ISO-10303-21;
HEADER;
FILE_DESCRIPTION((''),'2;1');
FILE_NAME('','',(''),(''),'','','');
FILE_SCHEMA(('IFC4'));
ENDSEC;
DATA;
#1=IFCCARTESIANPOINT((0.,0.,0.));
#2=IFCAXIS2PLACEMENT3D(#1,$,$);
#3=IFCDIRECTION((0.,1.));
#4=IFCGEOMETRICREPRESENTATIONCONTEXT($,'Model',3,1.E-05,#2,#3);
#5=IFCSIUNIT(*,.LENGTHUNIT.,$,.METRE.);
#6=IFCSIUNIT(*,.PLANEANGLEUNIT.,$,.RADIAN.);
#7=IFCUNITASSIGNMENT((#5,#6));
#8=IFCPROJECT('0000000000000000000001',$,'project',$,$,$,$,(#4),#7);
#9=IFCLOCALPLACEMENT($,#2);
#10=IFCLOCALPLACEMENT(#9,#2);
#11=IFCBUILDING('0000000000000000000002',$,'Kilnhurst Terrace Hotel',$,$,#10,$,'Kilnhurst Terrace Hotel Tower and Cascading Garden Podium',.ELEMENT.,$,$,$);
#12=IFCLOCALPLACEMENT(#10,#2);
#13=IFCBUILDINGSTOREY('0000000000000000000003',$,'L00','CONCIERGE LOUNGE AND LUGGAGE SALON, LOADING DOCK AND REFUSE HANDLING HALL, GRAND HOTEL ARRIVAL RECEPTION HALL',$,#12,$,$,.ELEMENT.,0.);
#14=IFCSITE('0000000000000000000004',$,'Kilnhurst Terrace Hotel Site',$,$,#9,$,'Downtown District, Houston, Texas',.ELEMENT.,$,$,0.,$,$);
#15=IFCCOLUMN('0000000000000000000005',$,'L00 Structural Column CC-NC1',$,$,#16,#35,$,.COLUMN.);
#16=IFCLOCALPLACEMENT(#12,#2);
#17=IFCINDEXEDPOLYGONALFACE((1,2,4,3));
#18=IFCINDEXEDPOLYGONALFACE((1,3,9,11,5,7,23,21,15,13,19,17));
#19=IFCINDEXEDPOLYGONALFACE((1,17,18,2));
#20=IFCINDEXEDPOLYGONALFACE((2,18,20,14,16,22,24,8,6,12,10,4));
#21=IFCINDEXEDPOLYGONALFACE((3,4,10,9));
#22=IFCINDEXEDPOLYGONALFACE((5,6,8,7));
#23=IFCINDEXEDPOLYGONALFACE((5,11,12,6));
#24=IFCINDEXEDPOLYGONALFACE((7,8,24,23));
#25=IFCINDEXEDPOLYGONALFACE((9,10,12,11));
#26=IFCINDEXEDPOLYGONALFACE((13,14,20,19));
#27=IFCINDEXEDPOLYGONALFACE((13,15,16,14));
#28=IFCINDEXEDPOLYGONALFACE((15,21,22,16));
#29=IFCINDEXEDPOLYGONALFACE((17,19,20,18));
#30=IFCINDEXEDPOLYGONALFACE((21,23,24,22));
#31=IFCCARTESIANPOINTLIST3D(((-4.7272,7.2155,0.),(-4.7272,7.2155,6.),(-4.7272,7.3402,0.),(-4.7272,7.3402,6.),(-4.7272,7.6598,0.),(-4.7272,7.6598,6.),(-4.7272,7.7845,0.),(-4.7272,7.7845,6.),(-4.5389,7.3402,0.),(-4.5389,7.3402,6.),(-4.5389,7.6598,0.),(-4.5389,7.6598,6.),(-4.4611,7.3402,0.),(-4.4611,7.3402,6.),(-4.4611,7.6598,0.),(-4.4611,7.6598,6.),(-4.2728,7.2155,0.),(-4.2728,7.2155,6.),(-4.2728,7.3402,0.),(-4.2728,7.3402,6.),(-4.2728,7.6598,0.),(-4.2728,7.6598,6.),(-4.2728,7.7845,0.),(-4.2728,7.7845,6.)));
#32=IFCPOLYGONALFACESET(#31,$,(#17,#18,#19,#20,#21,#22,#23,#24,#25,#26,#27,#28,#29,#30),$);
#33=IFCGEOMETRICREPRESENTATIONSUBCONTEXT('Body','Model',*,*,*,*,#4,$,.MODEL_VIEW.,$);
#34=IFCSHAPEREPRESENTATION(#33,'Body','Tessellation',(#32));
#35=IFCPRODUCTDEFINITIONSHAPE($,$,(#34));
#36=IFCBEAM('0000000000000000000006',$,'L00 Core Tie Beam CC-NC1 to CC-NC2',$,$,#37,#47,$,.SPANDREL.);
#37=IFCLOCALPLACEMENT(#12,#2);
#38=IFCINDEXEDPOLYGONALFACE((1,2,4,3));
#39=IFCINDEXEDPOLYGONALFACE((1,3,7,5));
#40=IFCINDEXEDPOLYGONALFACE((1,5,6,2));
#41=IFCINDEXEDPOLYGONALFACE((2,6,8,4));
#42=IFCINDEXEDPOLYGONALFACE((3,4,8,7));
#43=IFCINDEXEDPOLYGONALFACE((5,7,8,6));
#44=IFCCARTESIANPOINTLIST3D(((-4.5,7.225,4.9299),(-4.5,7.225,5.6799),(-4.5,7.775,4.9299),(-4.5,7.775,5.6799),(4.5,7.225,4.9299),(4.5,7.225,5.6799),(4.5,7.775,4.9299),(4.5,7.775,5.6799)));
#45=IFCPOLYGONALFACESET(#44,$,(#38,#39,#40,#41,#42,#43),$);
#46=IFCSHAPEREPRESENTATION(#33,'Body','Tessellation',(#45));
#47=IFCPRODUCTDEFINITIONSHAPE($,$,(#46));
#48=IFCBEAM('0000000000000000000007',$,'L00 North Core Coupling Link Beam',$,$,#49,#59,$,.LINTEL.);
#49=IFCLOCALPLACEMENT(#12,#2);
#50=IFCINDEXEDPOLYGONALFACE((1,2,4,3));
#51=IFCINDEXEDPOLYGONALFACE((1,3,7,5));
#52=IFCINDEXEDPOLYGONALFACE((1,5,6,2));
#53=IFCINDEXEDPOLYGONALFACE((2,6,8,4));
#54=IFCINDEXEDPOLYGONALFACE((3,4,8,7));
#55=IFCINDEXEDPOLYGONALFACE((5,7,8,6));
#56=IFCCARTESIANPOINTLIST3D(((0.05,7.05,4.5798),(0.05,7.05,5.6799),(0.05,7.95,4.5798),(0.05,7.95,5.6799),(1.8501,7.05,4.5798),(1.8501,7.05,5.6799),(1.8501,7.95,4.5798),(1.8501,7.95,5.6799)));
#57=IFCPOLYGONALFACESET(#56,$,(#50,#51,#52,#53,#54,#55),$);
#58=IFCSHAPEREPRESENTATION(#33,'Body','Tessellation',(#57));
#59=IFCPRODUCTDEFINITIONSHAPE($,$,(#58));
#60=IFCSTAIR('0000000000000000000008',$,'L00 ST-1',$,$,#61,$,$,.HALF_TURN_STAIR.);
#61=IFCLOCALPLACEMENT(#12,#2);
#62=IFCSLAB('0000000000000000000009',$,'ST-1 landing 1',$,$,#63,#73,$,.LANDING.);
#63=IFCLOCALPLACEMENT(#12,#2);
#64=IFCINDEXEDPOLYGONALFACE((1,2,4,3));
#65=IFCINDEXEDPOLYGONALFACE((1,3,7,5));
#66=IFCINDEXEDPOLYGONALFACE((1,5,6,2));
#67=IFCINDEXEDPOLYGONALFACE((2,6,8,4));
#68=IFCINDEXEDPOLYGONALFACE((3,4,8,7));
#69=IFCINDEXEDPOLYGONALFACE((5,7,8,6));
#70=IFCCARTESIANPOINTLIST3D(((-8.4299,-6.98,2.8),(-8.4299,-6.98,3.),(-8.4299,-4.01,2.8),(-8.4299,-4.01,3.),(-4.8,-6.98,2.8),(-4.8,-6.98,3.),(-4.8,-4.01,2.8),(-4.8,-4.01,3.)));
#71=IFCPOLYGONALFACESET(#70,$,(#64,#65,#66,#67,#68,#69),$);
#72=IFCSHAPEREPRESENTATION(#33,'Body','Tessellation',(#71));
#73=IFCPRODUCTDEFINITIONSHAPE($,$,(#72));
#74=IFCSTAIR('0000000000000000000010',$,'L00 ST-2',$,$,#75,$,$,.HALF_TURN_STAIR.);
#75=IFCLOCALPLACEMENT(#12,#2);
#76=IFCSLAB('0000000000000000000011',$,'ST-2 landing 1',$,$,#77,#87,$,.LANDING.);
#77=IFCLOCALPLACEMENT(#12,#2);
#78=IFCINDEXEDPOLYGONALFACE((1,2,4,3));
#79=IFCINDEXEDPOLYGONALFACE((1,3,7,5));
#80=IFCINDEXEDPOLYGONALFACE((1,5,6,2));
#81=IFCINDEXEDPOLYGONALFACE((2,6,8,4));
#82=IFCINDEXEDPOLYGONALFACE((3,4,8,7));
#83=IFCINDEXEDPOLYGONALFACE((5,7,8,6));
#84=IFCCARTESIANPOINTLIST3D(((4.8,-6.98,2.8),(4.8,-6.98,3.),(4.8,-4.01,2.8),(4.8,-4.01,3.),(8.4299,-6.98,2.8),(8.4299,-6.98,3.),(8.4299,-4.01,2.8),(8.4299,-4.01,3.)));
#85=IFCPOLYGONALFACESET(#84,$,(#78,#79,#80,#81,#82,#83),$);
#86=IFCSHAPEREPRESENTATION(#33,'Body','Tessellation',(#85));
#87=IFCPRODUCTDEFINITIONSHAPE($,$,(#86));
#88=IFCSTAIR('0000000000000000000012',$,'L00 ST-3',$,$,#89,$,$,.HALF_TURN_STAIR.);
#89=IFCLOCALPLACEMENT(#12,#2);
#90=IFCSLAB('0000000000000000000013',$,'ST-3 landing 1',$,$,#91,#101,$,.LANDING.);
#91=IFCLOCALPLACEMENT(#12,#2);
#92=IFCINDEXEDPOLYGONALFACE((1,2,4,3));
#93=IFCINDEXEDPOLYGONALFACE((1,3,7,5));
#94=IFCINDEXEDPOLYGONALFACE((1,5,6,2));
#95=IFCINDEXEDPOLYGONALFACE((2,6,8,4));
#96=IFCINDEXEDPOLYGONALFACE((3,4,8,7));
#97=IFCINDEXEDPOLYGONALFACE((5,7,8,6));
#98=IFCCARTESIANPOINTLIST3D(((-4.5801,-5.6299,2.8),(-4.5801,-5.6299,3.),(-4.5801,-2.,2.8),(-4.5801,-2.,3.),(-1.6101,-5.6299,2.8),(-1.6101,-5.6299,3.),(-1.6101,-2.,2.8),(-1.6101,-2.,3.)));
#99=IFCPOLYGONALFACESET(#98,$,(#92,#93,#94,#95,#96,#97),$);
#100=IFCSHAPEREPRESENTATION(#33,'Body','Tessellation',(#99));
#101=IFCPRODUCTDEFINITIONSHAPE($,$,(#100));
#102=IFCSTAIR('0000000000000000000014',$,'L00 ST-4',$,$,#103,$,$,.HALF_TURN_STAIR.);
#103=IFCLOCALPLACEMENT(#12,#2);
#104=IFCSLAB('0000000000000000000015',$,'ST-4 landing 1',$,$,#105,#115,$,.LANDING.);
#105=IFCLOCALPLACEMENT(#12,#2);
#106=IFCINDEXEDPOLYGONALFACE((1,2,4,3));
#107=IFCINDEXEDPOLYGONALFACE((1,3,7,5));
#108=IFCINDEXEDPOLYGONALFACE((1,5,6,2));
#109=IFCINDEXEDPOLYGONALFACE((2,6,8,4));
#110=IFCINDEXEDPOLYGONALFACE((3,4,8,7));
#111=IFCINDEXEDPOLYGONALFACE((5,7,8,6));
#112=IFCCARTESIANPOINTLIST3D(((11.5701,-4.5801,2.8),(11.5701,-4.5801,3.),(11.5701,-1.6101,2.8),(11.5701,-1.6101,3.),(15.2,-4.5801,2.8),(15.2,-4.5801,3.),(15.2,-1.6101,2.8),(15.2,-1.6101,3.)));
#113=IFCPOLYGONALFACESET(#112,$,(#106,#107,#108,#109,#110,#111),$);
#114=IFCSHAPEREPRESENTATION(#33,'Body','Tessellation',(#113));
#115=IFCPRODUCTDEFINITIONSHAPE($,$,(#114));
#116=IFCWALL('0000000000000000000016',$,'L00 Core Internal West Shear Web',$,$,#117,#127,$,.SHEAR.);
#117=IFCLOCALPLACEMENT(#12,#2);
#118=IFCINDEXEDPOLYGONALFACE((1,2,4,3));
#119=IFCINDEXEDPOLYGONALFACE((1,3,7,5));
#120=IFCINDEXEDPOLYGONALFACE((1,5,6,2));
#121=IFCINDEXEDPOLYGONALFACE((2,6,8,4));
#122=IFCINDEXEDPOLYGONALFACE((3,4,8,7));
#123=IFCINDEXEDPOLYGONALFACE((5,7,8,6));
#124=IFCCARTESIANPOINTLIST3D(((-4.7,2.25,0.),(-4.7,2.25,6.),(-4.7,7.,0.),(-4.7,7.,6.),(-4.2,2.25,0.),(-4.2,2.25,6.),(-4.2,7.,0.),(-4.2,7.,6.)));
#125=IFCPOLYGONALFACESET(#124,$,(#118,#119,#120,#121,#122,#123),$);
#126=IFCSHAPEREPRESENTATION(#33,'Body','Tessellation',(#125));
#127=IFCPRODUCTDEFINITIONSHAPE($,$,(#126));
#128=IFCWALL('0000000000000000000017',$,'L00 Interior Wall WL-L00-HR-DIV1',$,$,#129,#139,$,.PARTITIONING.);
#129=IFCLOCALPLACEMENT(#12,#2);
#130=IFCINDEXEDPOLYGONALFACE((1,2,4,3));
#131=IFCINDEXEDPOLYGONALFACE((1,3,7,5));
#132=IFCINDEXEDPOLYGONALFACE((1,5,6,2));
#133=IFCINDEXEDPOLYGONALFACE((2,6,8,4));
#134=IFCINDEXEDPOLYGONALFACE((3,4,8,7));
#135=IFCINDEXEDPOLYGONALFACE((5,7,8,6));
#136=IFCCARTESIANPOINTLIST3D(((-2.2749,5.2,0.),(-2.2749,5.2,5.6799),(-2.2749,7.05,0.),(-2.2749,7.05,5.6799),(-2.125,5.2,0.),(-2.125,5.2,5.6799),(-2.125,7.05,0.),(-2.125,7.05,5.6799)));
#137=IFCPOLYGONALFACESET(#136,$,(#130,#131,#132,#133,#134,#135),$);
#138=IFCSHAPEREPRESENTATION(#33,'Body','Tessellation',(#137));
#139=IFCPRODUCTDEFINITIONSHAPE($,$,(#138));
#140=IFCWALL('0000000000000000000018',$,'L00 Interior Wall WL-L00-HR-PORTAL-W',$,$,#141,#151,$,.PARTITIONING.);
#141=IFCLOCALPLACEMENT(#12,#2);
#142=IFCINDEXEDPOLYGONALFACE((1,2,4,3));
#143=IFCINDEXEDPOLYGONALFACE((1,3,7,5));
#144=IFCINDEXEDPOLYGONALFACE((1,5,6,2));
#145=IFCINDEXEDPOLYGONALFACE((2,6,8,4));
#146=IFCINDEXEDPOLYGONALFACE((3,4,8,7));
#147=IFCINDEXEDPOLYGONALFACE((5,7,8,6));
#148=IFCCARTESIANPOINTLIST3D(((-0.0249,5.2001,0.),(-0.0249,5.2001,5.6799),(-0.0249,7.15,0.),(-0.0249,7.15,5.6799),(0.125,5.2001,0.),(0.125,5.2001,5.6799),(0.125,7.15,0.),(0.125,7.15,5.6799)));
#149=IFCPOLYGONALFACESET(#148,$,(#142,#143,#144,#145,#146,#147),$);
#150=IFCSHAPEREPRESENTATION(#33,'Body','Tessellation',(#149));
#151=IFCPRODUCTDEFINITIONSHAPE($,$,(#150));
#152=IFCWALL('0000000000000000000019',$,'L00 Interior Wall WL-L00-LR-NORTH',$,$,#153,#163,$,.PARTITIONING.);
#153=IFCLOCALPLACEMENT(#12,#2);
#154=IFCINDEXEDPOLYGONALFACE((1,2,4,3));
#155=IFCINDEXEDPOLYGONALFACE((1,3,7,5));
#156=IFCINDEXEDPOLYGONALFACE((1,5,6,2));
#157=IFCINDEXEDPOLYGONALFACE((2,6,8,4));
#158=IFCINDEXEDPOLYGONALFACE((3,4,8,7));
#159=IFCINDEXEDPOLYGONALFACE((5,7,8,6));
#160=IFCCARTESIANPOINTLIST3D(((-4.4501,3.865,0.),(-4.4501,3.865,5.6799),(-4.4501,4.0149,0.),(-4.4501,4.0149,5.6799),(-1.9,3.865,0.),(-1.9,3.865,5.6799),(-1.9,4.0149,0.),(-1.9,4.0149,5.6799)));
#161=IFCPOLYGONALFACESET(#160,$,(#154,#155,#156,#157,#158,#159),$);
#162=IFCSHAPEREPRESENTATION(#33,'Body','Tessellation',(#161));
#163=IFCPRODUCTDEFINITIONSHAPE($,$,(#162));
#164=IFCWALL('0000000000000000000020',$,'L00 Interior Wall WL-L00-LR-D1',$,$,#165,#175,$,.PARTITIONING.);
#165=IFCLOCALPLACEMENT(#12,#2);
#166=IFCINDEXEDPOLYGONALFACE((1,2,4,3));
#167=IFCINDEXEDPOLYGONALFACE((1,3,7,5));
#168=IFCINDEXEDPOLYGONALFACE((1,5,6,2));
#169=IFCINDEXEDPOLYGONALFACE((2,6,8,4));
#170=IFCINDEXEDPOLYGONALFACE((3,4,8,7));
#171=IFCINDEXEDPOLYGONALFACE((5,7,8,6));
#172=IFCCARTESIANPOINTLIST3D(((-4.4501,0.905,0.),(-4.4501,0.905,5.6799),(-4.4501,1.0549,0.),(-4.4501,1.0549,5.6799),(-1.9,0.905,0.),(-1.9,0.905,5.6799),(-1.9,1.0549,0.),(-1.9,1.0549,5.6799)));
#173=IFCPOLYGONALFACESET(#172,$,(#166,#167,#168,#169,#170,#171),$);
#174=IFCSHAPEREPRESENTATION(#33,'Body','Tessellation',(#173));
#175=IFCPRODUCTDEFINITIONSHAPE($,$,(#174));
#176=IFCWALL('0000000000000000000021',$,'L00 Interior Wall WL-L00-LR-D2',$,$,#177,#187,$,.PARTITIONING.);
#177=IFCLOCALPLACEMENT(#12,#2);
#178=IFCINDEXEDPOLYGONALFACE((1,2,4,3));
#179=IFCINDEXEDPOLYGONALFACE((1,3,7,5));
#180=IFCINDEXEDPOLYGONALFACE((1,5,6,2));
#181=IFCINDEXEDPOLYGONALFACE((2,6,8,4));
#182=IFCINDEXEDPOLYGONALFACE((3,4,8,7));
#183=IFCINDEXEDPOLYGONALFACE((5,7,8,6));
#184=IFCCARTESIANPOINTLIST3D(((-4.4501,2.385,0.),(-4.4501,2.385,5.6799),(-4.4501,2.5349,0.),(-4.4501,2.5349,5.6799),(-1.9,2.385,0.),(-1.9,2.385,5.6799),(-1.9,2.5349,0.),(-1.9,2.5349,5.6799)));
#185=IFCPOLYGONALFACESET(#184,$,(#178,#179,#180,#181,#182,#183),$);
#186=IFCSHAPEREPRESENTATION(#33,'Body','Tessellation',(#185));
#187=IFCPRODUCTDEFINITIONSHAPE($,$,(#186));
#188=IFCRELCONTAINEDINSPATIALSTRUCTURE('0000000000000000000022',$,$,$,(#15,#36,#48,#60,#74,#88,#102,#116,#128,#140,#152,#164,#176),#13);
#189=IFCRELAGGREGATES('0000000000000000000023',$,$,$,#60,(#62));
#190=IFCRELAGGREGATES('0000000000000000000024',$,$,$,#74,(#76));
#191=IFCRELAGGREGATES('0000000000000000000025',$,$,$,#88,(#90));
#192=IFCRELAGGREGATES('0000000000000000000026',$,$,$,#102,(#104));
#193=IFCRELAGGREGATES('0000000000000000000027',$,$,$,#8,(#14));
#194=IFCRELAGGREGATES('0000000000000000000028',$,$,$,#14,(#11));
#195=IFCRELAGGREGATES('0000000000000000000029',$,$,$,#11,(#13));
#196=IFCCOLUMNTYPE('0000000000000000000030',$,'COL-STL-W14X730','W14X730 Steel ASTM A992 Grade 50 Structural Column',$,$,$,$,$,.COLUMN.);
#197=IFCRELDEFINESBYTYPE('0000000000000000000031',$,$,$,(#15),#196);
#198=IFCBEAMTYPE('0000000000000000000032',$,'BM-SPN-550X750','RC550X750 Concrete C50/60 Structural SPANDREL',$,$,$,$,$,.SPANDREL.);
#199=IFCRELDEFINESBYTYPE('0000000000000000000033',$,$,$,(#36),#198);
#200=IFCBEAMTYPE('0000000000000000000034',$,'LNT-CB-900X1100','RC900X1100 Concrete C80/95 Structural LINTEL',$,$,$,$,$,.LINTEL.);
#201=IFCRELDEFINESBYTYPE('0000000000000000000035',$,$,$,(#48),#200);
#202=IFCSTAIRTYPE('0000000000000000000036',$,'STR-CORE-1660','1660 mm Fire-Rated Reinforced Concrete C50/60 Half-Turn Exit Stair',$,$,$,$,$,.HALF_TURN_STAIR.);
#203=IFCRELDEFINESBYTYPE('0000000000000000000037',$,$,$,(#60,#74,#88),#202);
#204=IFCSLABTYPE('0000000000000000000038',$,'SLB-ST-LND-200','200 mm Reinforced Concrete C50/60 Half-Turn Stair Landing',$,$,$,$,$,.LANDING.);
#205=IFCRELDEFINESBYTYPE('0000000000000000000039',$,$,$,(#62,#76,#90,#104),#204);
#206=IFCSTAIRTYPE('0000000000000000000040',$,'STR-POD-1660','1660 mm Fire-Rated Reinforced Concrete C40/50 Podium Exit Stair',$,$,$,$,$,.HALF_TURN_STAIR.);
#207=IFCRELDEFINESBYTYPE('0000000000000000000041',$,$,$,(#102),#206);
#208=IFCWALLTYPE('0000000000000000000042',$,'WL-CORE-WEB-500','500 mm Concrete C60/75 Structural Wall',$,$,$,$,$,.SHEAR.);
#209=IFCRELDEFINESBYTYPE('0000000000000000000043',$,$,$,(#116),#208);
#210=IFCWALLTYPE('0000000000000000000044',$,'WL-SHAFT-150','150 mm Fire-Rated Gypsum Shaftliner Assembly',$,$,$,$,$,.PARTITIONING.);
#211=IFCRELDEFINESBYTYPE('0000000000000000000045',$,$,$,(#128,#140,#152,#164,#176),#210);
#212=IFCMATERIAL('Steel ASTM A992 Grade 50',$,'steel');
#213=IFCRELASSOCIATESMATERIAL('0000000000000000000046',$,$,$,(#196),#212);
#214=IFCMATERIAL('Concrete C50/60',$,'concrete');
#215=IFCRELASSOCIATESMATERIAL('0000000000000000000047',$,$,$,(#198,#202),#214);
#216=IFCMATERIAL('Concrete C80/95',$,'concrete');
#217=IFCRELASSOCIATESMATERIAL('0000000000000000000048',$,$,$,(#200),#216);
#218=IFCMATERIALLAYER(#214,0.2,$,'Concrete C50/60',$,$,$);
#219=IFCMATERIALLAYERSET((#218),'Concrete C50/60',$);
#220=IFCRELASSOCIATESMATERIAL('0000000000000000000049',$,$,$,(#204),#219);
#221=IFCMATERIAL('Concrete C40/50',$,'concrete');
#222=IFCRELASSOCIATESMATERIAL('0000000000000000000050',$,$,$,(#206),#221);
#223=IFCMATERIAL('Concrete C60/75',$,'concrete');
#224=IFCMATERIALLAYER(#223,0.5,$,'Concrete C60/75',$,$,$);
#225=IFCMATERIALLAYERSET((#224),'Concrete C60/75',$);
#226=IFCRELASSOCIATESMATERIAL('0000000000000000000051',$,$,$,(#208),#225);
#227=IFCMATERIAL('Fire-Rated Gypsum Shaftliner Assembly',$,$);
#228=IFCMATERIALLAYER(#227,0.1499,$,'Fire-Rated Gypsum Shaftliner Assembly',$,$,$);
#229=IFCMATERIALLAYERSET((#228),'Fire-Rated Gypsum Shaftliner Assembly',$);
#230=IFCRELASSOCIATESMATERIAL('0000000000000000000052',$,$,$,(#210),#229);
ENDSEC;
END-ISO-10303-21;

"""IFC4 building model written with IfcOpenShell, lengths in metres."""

from ifc_helpers import new_model, si_unit, direction, frame, frame_2d, origin, origin_2d, place, context, subcontext, project, spatial, polyline, rectangle, i_section, outline, extrude, material, layer, layer_set, material_profile, profile_set, type_object, element, aggregate, save


model = new_model("IFC4")

# Units and contexts
model_context = context("Model", 3, precision=1e-05, world=origin(), true_north=direction((0.0, 1.0)))
body_context = subcontext(model_context, "Body", "Model", "MODEL_VIEW")
ifc_project = project(units=[si_unit("LENGTHUNIT", "METRE"), si_unit("PLANEANGLEUNIT", "RADIAN")], contexts=[model_context])

# Site, building, storey
site_placement = place(None, origin())
site = spatial("IfcSite", under=ifc_project, at=site_placement, Name="Kilnhurst Terrace Hotel Site", LongName="Downtown District, Houston, Texas", CompositionType="ELEMENT", RefElevation=0.0)
building_placement = place(site_placement, origin())
building = spatial("IfcBuilding", under=site, at=building_placement, Name="Kilnhurst Terrace Hotel", LongName="Kilnhurst Terrace Hotel Tower and Cascading Garden Podium", CompositionType="ELEMENT")
storey_placement = place(building_placement, origin())
storey = spatial("IfcBuildingStorey", under=building, at=storey_placement, Name="L00", Description="CONCIERGE LOUNGE AND LUGGAGE SALON, LOADING DOCK AND REFUSE HANDLING HALL, GRAND HOTEL ARRIVAL RECEPTION HALL", CompositionType="ELEMENT", Elevation=0.0)

# Column
ifc_material_1 = material(Name="Steel ASTM A992 Grade 50", Category="steel")
ifc_material_profile_1 = material_profile(ifc_material_1, i_section(OverallWidth=0.4543, OverallDepth=0.5691, WebThickness=0.0779, FlangeThickness=0.1248, at=origin_2d()), Name="W14X730")
ifc_profile_set_1 = profile_set([ifc_material_profile_1], Name="Steel ASTM A992 Grade 50")
column_type = type_object("IfcColumnType", Name="COL-STL-W14X730", Description="W14X730 Steel ASTM A992 Grade 50 Structural Column", PredefinedType="COLUMN", material=ifc_profile_set_1)
column_placement = place(storey_placement, frame((-4.5, 7.5, 0.0), z_axis=(0.0, 0.0, 1.0), x_axis=(1.0, 0.0, 0.0)))
element("IfcColumn", 1, at=column_placement, inside=storey, type_object=column_type, Name="L00 Structural Column CC-NC1", PredefinedType="COLUMN", context=body_context, shape_type="SweptSolid", body=[
    extrude(i_section(OverallWidth=0.4543, OverallDepth=0.5691, WebThickness=0.0779, FlangeThickness=0.1248, at=origin_2d()), origin(), (0.0, 0.0, 1.0), 6.0),
])

# Beams
ifc_material_2 = material(Name="Concrete C50/60", Category="concrete")
ifc_material_profile_2 = material_profile(ifc_material_2, rectangle(XDim=0.55, YDim=0.75, at=origin_2d()), Name="RC550X750")
ifc_profile_set_2 = profile_set([ifc_material_profile_2], Name="Concrete C50/60")
beam_type_1 = type_object("IfcBeamType", Name="BM-SPN-550X750", Description="RC550X750 Concrete C50/60 Structural SPANDREL", PredefinedType="SPANDREL", material=ifc_profile_set_2)
beam_1_placement = place(storey_placement, frame((-4.5, 7.5, 5.3049), z_axis=(1.0, 0.0, 0.0), x_axis=(0.0, 1.0, 0.0)))
element("IfcBeam", 2, at=beam_1_placement, inside=storey, type_object=beam_type_1, Name="L00 Core Tie Beam CC-NC1 to CC-NC2", PredefinedType="SPANDREL", context=body_context, shape_type="SweptSolid", body=[
    extrude(rectangle(XDim=0.55, YDim=0.75, at=origin_2d()), origin(), (0.0, 0.0, 1.0), 9.0),
])
ifc_material_3 = material(Name="Concrete C80/95", Category="concrete")
ifc_material_profile_3 = material_profile(ifc_material_3, rectangle(XDim=0.8999, YDim=1.1001, at=origin_2d()), Name="RC900X1100")
ifc_profile_set_3 = profile_set([ifc_material_profile_3], Name="Concrete C80/95")
beam_type_2 = type_object("IfcBeamType", Name="LNT-CB-900X1100", Description="RC900X1100 Concrete C80/95 Structural LINTEL", PredefinedType="LINTEL", material=ifc_profile_set_3)
beam_2_placement = place(storey_placement, frame((0.05, 7.5, 5.1299), z_axis=(1.0, 0.0, 0.0), x_axis=(0.0, 1.0, 0.0)))
element("IfcBeam", 3, at=beam_2_placement, inside=storey, type_object=beam_type_2, Name="L00 North Core Coupling Link Beam", PredefinedType="LINTEL", context=body_context, shape_type="SweptSolid", body=[
    extrude(rectangle(XDim=0.8999, YDim=1.1001, at=origin_2d()), origin(), (0.0, 0.0, 1.0), 1.8),
])

# Stairs, slabs
stair_type_1 = type_object("IfcStairType", Name="STR-CORE-1660", Description="1660 mm Fire-Rated Reinforced Concrete C50/60 Half-Turn Exit Stair", PredefinedType="HALF_TURN_STAIR", material=ifc_material_2)
stair_1_placement = place(storey_placement, origin())
stair_1 = element("IfcStair", 4, at=stair_1_placement, inside=storey, type_object=stair_type_1, Name="L00 ST-1", PredefinedType="HALF_TURN_STAIR")
ifc_layer_1 = layer(ifc_material_2, 0.2, Name="Concrete C50/60")
ifc_layer_set_1 = layer_set([ifc_layer_1], Name="Concrete C50/60")
slab_type = type_object("IfcSlabType", Name="SLB-ST-LND-200", Description="200 mm Reinforced Concrete C50/60 Half-Turn Stair Landing", PredefinedType="LANDING", material=ifc_layer_set_1)
slab_1_placement = place(storey_placement, frame((0.0, 0.0, 2.8)))
slab_1 = element("IfcSlab", 5, at=slab_1_placement, type_object=slab_type, Name="ST-1 landing 1", PredefinedType="LANDING", context=body_context, shape_type="SweptSolid", body=[
    extrude(outline(polyline([(-8.4299, -4.01), (-4.8, -4.01), (-4.8, -6.98), (-8.4299, -6.98), (-8.4299, -4.01)])), origin(), (0.0, 0.0, 1.0), 0.2),
])
aggregate(stair_1, [slab_1])
stair_2_placement = place(storey_placement, origin())
stair_2 = element("IfcStair", 6, at=stair_2_placement, inside=storey, type_object=stair_type_1, Name="L00 ST-2", PredefinedType="HALF_TURN_STAIR")
slab_2_placement = place(storey_placement, frame((0.0, 0.0, 2.8)))
slab_2 = element("IfcSlab", 7, at=slab_2_placement, type_object=slab_type, Name="ST-2 landing 1", PredefinedType="LANDING", context=body_context, shape_type="SweptSolid", body=[
    extrude(outline(polyline([(4.8, -4.01), (8.4299, -4.01), (8.4299, -6.98), (4.8, -6.98), (4.8, -4.01)])), origin(), (0.0, 0.0, 1.0), 0.2),
])
aggregate(stair_2, [slab_2])
stair_3_placement = place(storey_placement, origin())
stair_3 = element("IfcStair", 8, at=stair_3_placement, inside=storey, type_object=stair_type_1, Name="L00 ST-3", PredefinedType="HALF_TURN_STAIR")
slab_3_placement = place(storey_placement, frame((0.0, 0.0, 2.8)))
slab_3 = element("IfcSlab", 9, at=slab_3_placement, type_object=slab_type, Name="ST-3 landing 1", PredefinedType="LANDING", context=body_context, shape_type="SweptSolid", body=[
    extrude(outline(polyline([(-1.6101, -2.0), (-1.6101, -5.6299), (-4.5801, -5.6299), (-4.5801, -2.0), (-1.6101, -2.0)])), origin(), (0.0, 0.0, 1.0), 0.2),
])
aggregate(stair_3, [slab_3])
ifc_material_4 = material(Name="Concrete C40/50", Category="concrete")
stair_type_2 = type_object("IfcStairType", Name="STR-POD-1660", Description="1660 mm Fire-Rated Reinforced Concrete C40/50 Podium Exit Stair", PredefinedType="HALF_TURN_STAIR", material=ifc_material_4)
stair_4_placement = place(storey_placement, origin())
stair_4 = element("IfcStair", 10, at=stair_4_placement, inside=storey, type_object=stair_type_2, Name="L00 ST-4", PredefinedType="HALF_TURN_STAIR")
slab_4_placement = place(storey_placement, frame((0.0, 0.0, 2.8)))
slab_4 = element("IfcSlab", 11, at=slab_4_placement, type_object=slab_type, Name="ST-4 landing 1", PredefinedType="LANDING", context=body_context, shape_type="SweptSolid", body=[
    extrude(outline(polyline([(11.5701, -1.6101), (15.2, -1.6101), (15.2, -4.5801), (11.5701, -4.5801), (11.5701, -1.6101)])), origin(), (0.0, 0.0, 1.0), 0.2),
])
aggregate(stair_4, [slab_4])

# Walls
ifc_material_5 = material(Name="Concrete C60/75", Category="concrete")
ifc_layer_2 = layer(ifc_material_5, 0.5, Name="Concrete C60/75")
ifc_layer_set_2 = layer_set([ifc_layer_2], Name="Concrete C60/75")
wall_type_1 = type_object("IfcWallType", Name="WL-CORE-WEB-500", Description="500 mm Concrete C60/75 Structural Wall", PredefinedType="SHEAR", material=ifc_layer_set_2)
wall_1_placement = place(storey_placement, frame((-4.45, 2.25, 0.0), z_axis=(0.0, 0.0, 1.0), x_axis=(0.0, 1.0, 0.0)))
element("IfcWall", 12, at=wall_1_placement, inside=storey, type_object=wall_type_1, Name="L00 Core Internal West Shear Web", PredefinedType="SHEAR", context=body_context, shape_type="SweptSolid", body=[
    extrude(rectangle(XDim=4.75, YDim=0.5, at=frame_2d((2.375, 0.0))), origin(), (0.0, 0.0, 1.0), 6.0),
])
ifc_material_6 = material(Name="Fire-Rated Gypsum Shaftliner Assembly")
ifc_layer_3 = layer(ifc_material_6, 0.1499, Name="Fire-Rated Gypsum Shaftliner Assembly")
ifc_layer_set_3 = layer_set([ifc_layer_3], Name="Fire-Rated Gypsum Shaftliner Assembly")
wall_type_2 = type_object("IfcWallType", Name="WL-SHAFT-150", Description="150 mm Fire-Rated Gypsum Shaftliner Assembly", PredefinedType="PARTITIONING", material=ifc_layer_set_3)
wall_2_placement = place(storey_placement, frame((-2.2, 5.2, 0.0), z_axis=(0.0, 0.0, 1.0), x_axis=(0.0, 1.0, 0.0)))
element("IfcWall", 13, at=wall_2_placement, inside=storey, type_object=wall_type_2, Name="L00 Interior Wall WL-L00-HR-DIV1", PredefinedType="PARTITIONING", context=body_context, shape_type="SweptSolid", body=[
    extrude(rectangle(XDim=1.8501, YDim=0.1499, at=frame_2d((0.925, 0.0))), origin(), (0.0, 0.0, 1.0), 5.6799),
])
wall_3_placement = place(storey_placement, frame((0.05, 5.2, 0.0), z_axis=(0.0, 0.0, 1.0), x_axis=(0.0, 1.0, 0.0)))
element("IfcWall", 14, at=wall_3_placement, inside=storey, type_object=wall_type_2, Name="L00 Interior Wall WL-L00-HR-PORTAL-W", PredefinedType="PARTITIONING", context=body_context, shape_type="SweptSolid", body=[
    extrude(rectangle(XDim=1.95, YDim=0.1499, at=frame_2d((0.9751, 0.0))), origin(), (0.0, 0.0, 1.0), 5.6799),
])
for number, where, z_axis, x_axis, name in (
    (15, (-4.45, 3.9399, 0.0), (0.0, 0.0, 1.0), (1.0, 0.0, 0.0), "L00 Interior Wall WL-L00-LR-NORTH"),
    (16, (-4.45, 0.98, 0.0), (0.0, 0.0, 1.0), (1.0, 0.0, 0.0), "L00 Interior Wall WL-L00-LR-D1"),
    (17, (-4.45, 2.46, 0.0), (0.0, 0.0, 1.0), (1.0, 0.0, 0.0), "L00 Interior Wall WL-L00-LR-D2"),
):
    element("IfcWall", number, at=place(storey_placement, frame(where, z_axis=z_axis, x_axis=x_axis)), inside=storey, type_object=wall_type_2, Name=name, PredefinedType="PARTITIONING", context=body_context, shape_type="SweptSolid", body=[
        extrude(rectangle(XDim=2.55, YDim=0.1499, at=frame_2d((1.2749, 0.0))), origin(), (0.0, 0.0, 1.0), 5.6799),
    ])

save(model, "model.ifc")
